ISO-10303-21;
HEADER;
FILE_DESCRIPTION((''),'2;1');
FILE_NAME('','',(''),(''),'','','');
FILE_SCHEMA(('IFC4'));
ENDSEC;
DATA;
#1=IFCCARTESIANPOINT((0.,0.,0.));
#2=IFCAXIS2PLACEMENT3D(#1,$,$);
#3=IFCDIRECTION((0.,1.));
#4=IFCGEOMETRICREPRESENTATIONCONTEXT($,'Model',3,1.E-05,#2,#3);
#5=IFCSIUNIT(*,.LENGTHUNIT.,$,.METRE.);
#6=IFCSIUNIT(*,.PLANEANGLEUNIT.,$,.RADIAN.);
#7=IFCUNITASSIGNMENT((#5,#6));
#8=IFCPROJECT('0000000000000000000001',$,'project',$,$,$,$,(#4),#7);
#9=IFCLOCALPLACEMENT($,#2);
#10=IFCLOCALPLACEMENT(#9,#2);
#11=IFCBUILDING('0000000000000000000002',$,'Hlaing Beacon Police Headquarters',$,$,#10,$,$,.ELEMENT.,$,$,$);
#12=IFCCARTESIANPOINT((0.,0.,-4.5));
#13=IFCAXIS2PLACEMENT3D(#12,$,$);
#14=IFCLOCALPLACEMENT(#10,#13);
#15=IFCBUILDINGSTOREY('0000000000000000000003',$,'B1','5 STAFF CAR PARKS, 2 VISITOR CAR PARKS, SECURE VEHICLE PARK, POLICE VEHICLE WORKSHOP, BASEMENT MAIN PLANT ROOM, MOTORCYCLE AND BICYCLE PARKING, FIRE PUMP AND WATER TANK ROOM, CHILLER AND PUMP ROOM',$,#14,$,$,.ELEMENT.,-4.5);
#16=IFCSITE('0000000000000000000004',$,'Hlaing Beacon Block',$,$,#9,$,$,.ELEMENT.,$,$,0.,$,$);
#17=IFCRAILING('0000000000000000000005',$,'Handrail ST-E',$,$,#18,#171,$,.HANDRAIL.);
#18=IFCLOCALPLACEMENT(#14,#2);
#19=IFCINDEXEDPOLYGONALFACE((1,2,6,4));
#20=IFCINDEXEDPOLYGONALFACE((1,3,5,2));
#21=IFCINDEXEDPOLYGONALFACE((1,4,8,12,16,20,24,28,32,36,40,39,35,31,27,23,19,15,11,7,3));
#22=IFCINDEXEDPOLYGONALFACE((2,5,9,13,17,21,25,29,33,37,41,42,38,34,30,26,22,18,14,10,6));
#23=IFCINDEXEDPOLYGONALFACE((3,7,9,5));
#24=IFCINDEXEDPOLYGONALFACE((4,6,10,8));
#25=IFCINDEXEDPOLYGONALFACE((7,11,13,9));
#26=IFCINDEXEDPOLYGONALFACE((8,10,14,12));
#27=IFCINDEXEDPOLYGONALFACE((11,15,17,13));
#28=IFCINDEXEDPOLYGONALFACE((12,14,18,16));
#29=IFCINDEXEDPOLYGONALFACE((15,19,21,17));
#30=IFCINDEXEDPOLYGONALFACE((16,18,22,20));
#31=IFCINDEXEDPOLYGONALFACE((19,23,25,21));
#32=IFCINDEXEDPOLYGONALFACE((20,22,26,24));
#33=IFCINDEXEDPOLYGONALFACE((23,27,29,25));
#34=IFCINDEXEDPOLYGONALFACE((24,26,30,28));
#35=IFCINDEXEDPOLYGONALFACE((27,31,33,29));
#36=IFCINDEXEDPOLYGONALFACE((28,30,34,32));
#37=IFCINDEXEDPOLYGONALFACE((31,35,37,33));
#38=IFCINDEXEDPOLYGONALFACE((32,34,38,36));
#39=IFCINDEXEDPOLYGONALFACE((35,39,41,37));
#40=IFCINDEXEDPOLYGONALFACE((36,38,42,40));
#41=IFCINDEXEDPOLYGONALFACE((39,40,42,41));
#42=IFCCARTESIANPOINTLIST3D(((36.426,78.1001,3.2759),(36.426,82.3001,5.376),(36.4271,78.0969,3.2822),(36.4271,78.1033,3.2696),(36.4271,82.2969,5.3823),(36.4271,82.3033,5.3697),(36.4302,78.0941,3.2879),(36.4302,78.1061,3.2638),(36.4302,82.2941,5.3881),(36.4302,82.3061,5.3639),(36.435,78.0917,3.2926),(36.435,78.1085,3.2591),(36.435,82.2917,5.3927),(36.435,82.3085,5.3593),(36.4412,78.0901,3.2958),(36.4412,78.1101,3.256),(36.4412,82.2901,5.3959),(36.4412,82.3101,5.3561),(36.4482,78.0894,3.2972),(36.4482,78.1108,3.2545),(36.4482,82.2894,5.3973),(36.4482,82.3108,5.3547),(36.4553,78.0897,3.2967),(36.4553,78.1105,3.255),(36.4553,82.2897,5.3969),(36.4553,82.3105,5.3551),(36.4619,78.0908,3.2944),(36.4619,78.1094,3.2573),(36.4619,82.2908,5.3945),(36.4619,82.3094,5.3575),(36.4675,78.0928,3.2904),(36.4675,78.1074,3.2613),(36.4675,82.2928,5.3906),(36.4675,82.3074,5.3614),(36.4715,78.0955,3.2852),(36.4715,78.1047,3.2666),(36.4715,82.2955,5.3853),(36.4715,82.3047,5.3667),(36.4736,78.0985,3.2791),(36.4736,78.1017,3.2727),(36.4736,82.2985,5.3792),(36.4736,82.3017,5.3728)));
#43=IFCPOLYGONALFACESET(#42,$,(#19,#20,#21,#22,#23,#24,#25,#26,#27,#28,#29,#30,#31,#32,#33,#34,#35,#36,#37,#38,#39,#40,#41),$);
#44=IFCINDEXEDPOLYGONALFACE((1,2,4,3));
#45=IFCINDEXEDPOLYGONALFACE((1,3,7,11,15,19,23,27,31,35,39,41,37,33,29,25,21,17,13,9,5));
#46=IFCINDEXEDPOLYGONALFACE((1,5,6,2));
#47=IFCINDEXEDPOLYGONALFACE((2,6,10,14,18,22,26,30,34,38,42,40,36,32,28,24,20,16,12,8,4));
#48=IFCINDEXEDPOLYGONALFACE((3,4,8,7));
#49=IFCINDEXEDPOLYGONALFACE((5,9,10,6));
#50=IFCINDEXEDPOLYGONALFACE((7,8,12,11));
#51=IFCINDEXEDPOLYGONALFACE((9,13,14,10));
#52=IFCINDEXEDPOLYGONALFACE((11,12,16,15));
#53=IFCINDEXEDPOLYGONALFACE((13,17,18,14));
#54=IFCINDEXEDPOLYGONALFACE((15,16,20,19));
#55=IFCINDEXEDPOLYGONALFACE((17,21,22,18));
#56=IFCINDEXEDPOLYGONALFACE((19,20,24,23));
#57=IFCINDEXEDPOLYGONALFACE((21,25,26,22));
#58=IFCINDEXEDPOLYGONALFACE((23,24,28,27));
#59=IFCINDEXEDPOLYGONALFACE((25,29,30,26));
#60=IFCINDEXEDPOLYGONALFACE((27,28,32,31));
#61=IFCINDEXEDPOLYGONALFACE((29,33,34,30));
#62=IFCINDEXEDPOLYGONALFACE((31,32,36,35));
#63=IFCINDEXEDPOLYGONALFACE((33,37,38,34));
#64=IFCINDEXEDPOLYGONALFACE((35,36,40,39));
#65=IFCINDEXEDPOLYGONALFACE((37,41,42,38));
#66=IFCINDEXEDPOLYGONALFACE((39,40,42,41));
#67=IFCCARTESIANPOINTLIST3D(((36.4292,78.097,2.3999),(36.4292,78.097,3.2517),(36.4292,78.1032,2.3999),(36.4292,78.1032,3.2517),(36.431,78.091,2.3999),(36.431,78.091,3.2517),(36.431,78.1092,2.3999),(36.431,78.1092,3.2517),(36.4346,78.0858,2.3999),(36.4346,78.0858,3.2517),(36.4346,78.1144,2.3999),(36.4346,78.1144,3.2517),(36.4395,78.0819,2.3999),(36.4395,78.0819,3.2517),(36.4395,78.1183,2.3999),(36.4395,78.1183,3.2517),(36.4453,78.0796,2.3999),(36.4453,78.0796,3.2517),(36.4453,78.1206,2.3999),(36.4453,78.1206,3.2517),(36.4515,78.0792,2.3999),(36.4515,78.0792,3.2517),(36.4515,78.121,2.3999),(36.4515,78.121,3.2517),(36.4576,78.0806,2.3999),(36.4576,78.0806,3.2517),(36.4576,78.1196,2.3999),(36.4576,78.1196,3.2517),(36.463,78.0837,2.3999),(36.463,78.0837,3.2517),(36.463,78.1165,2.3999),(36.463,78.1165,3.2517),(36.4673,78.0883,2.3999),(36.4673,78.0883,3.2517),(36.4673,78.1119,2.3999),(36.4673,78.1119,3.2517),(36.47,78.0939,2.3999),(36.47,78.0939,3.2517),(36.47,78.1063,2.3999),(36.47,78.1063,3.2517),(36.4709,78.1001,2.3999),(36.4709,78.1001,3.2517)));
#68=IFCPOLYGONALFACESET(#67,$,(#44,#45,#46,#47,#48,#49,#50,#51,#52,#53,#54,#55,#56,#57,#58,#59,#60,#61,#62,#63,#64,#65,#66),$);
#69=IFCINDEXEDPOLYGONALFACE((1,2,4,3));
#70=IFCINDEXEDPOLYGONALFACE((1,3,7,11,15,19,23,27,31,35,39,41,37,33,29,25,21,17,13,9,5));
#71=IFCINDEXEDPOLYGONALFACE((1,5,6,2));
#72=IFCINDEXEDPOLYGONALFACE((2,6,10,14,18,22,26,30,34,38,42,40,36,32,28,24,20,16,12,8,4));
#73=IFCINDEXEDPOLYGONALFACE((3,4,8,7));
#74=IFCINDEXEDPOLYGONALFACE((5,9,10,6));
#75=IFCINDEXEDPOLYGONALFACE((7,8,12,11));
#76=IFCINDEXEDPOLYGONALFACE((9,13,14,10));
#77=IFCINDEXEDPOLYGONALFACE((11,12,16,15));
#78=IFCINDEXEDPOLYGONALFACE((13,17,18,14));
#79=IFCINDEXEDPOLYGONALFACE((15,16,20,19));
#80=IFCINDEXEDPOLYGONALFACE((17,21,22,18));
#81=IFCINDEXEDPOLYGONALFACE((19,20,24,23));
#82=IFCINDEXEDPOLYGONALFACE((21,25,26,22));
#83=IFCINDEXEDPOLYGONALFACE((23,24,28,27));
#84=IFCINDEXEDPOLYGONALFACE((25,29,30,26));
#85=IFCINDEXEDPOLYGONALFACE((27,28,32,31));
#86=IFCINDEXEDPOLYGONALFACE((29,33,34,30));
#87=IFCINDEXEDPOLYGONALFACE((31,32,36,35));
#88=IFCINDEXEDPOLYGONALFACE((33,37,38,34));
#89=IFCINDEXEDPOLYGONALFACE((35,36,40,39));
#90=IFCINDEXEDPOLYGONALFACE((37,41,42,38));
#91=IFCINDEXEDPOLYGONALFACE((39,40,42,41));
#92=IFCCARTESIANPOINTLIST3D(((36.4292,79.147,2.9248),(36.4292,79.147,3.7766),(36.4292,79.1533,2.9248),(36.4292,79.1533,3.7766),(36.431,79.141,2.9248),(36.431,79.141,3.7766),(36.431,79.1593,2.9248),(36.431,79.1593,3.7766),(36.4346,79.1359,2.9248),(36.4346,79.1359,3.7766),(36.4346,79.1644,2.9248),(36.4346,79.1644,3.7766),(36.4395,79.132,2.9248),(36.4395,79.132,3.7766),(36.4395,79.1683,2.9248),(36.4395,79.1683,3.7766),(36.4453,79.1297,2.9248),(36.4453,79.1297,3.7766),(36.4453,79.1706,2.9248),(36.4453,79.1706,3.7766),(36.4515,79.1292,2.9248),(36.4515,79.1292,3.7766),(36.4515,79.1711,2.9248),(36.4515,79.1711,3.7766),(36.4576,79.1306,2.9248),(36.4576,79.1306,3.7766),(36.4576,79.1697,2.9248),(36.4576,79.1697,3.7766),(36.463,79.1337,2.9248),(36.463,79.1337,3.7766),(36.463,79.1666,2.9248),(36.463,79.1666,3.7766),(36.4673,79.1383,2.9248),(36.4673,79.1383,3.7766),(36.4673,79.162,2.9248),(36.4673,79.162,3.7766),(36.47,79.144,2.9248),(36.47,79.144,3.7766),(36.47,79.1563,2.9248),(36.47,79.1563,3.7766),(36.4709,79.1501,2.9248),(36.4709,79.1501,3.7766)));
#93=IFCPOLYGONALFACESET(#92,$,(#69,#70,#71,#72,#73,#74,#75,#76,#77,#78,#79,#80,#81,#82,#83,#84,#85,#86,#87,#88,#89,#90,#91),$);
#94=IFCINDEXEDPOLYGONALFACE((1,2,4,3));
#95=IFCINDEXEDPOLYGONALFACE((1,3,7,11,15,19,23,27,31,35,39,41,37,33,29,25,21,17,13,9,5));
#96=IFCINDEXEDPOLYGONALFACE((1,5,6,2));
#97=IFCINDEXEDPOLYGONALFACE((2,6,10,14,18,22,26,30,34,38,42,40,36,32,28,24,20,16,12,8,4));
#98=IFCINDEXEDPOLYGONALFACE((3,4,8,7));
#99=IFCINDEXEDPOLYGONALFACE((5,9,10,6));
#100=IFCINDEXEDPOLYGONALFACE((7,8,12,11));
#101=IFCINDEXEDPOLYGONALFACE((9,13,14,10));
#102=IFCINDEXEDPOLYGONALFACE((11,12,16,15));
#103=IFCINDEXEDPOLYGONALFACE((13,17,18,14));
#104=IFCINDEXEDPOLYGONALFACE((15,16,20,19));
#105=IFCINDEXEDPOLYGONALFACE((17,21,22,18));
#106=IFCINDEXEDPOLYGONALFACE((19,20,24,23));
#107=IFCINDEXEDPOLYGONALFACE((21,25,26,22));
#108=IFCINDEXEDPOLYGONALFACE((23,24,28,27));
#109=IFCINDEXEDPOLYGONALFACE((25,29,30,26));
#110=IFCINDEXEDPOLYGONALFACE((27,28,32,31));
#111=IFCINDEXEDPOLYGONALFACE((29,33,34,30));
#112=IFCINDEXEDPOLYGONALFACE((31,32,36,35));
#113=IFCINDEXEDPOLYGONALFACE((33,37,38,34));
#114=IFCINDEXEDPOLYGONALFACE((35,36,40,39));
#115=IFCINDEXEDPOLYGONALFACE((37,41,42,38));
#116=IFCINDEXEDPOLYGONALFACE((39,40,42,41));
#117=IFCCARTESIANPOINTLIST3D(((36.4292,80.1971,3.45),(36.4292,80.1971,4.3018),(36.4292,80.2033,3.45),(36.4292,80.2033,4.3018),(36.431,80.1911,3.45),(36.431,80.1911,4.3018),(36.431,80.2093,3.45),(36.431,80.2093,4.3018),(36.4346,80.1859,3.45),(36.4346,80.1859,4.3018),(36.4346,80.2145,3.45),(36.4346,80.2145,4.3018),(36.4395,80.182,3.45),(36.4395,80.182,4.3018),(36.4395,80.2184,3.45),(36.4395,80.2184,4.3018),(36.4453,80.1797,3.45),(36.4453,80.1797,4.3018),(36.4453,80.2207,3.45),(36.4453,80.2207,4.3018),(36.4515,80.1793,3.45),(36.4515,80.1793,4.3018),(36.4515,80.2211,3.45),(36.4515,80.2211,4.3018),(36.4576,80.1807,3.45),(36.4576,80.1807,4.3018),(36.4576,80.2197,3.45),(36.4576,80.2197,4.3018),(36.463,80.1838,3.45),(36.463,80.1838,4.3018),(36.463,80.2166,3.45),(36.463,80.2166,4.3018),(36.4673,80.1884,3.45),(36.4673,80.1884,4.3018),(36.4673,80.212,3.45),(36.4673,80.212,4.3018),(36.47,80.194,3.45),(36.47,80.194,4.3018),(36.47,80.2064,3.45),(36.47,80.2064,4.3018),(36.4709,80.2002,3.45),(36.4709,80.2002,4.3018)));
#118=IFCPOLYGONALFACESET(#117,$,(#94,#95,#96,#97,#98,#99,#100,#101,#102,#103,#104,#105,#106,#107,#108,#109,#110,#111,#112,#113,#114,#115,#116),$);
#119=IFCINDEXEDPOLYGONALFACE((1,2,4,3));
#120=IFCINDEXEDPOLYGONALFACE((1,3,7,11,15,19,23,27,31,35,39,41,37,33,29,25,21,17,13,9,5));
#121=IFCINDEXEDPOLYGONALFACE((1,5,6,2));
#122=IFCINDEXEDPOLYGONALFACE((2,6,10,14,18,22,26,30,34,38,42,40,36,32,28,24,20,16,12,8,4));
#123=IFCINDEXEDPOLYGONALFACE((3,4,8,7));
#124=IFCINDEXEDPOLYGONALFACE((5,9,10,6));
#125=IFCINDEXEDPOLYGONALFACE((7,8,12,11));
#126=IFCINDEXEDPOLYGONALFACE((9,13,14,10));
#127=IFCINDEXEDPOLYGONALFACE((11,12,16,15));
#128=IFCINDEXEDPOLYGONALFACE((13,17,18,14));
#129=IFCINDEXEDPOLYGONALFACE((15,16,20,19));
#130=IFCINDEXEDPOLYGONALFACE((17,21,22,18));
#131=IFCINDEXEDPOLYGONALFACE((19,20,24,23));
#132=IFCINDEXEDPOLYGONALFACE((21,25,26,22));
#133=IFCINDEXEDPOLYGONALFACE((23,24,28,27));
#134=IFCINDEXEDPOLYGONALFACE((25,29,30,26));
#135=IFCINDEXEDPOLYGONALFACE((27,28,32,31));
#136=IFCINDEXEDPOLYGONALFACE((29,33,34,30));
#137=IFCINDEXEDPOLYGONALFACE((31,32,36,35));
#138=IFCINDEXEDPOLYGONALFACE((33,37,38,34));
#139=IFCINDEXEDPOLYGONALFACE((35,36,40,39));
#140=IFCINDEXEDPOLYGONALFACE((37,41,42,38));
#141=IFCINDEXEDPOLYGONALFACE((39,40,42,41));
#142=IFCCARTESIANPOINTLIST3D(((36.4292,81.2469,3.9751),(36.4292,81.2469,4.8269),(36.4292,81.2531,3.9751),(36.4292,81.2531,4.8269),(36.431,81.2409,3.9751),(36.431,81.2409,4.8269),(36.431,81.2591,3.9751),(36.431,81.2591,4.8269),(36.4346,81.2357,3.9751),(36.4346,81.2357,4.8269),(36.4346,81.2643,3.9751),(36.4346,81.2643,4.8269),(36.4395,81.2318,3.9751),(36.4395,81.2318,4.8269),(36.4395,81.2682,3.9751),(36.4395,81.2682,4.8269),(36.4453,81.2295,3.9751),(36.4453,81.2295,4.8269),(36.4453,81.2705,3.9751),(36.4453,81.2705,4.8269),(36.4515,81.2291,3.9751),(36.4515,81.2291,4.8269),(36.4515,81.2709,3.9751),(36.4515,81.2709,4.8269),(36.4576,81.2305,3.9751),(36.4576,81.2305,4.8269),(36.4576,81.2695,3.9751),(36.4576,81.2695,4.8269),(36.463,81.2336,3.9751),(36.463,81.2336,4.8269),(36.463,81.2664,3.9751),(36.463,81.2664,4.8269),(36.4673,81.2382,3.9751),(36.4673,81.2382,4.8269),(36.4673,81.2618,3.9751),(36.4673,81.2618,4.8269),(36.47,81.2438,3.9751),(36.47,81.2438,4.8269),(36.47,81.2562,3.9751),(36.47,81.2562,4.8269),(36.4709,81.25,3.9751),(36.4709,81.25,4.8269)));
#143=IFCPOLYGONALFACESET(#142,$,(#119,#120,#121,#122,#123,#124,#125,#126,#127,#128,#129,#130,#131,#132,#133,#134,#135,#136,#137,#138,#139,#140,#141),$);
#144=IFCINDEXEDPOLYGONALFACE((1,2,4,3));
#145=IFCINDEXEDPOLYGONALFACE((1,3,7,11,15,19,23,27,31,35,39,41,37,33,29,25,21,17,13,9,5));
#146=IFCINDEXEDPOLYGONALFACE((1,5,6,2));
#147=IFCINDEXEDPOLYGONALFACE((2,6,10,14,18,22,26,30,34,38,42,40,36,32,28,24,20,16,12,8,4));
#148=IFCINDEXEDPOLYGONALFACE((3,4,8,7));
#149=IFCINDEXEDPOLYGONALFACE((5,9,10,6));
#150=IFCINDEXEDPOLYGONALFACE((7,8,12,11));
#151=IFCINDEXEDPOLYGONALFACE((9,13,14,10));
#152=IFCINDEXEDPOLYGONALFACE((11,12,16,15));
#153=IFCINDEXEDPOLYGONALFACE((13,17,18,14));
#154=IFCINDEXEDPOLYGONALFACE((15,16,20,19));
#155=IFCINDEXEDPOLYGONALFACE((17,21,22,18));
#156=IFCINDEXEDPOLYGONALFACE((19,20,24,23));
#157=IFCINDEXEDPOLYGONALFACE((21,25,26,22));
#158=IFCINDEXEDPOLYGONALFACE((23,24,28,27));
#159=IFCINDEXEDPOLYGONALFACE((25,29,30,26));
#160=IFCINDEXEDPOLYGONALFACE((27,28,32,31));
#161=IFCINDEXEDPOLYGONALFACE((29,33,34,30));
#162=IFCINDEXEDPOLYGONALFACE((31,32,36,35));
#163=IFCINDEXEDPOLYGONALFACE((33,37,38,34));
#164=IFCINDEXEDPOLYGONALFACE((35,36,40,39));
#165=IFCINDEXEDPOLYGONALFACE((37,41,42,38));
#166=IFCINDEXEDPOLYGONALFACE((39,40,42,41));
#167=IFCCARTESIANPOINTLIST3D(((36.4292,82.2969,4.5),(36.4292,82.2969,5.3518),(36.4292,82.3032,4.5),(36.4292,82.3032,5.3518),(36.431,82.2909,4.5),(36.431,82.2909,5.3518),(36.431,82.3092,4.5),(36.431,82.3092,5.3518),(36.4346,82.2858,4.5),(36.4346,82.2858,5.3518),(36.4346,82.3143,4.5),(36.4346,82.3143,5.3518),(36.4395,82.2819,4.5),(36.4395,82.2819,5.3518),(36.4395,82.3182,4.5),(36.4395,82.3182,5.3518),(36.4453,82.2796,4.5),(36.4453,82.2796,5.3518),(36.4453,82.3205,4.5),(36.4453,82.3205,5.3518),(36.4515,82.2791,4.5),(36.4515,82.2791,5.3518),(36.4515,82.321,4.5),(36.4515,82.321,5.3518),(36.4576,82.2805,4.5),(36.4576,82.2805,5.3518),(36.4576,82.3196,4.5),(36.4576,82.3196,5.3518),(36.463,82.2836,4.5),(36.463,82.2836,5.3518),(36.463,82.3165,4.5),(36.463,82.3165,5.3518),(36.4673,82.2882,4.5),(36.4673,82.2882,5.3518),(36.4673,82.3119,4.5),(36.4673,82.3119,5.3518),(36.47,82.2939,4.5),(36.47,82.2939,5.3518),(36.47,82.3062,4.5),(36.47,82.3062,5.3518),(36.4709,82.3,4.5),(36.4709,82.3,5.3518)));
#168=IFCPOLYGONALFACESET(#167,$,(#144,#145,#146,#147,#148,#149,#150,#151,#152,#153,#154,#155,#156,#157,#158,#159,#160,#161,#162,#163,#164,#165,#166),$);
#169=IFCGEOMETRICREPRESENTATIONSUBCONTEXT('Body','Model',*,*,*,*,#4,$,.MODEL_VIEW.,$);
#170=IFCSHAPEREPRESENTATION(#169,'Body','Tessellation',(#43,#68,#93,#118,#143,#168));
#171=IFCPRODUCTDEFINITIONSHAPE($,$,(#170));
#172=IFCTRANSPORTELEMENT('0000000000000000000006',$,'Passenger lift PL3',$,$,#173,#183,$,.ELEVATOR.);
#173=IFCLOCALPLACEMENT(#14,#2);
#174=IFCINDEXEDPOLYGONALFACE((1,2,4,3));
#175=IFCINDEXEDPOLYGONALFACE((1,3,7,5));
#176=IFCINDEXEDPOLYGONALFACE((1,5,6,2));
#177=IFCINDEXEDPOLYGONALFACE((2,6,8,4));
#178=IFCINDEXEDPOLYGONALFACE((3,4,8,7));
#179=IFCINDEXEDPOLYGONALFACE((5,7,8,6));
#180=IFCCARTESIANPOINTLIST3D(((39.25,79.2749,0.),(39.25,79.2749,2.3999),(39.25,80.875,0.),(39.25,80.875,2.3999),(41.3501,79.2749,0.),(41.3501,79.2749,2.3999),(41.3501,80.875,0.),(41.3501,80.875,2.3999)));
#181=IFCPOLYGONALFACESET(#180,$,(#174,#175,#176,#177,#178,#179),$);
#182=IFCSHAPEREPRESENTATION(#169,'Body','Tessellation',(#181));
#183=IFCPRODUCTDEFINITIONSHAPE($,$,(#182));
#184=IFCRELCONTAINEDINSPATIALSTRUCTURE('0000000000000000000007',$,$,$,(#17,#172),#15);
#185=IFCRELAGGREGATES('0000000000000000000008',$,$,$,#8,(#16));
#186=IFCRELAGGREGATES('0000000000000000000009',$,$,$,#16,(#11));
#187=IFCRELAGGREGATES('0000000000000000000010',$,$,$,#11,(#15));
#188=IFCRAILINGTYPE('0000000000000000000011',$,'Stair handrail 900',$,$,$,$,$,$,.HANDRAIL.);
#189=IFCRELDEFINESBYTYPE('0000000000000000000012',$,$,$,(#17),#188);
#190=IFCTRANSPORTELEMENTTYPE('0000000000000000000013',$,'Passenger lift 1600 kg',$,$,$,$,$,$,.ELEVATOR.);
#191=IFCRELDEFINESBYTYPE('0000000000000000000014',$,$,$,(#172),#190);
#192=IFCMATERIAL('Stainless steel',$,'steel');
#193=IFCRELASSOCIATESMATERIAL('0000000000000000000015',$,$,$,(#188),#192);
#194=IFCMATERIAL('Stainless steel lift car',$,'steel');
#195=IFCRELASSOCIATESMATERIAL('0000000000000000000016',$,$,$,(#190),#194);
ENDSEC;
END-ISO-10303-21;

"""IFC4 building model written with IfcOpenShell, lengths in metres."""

from ifc_helpers import new_model, si_unit, direction, frame, origin, origin_2d, place, context, subcontext, project, spatial, rectangle, circle, extrude, material, type_object, element, save


model = new_model("IFC4")

# Units and contexts
model_context = context("Model", 3, precision=1e-05, world=origin(), true_north=direction((0.0, 1.0)))
body_context = subcontext(model_context, "Body", "Model", "MODEL_VIEW")
ifc_project = project(units=[si_unit("LENGTHUNIT", "METRE"), si_unit("PLANEANGLEUNIT", "RADIAN")], contexts=[model_context])

# Site, building, storey
site_placement = place(None, origin())
site = spatial("IfcSite", under=ifc_project, at=site_placement, Name="Hlaing Beacon Block", CompositionType="ELEMENT", RefElevation=0.0)
building_placement = place(site_placement, origin())
building = spatial("IfcBuilding", under=site, at=building_placement, Name="Hlaing Beacon Police Headquarters", CompositionType="ELEMENT")
storey_placement = place(building_placement, frame((0.0, 0.0, -4.5)))
storey = spatial("IfcBuildingStorey", under=building, at=storey_placement, Name="B1", Description="5 STAFF CAR PARKS, 2 VISITOR CAR PARKS, SECURE VEHICLE PARK, POLICE VEHICLE WORKSHOP, BASEMENT MAIN PLANT ROOM, MOTORCYCLE AND BICYCLE PARKING, FIRE PUMP AND WATER TANK ROOM, CHILLER AND PUMP ROOM", CompositionType="ELEMENT", Elevation=-4.5)

# Railing
ifc_material_1 = material(Name="Stainless steel", Category="steel")
railing_type = type_object("IfcRailingType", Name="Stair handrail 900", PredefinedType="HANDRAIL", material=ifc_material_1)
for number, where, name in (
    (1, (36.45, 78.1001, 2.3999), "Handrail ST-E"),
):
    element("IfcRailing", number, at=place(storey_placement, frame(where)), inside=storey, type_object=railing_type, Name=name, PredefinedType="HANDRAIL", context=body_context, shape_type="SweptSolid", body=[
        extrude(circle(Radius=0.0239, at=origin_2d()), frame((0.0, 0.0, 0.876), z_axis=(0.0, 0.894417, 0.447234), x_axis=(-1.0, 0.0, 0.0)), (0.0, 0.0, 1.0), 4.6958),
        extrude(circle(Radius=0.021, at=origin_2d()), origin(), (0.0, 0.0, 1.0), 0.8518),
        extrude(circle(Radius=0.021, at=origin_2d()), frame((0.0, 1.05, 0.5249)), (0.0, 0.0, 1.0), 0.8518),
        extrude(circle(Radius=0.021, at=origin_2d()), frame((0.0, 2.1001, 1.05)), (0.0, 0.0, 1.0), 0.8518),
        extrude(circle(Radius=0.021, at=origin_2d()), frame((0.0, 3.1499, 1.5752)), (0.0, 0.0, 1.0), 0.8518),
        extrude(circle(Radius=0.021, at=origin_2d()), frame((0.0, 4.2, 2.1001)), (0.0, 0.0, 1.0), 0.8518),
    ])

# Transport element
ifc_material_2 = material(Name="Stainless steel lift car", Category="steel")
transport_element_type = type_object("IfcTransportElementType", Name="Passenger lift 1600 kg", PredefinedType="ELEVATOR", material=ifc_material_2)
transport_element_placement = place(storey_placement, frame((40.3, 80.075, 0.0), z_axis=(0.0, 0.0, 1.0), x_axis=(1.0, 0.0, 0.0)))
element("IfcTransportElement", 2, at=transport_element_placement, inside=storey, type_object=transport_element_type, Name="Passenger lift PL3", PredefinedType="ELEVATOR", context=body_context, shape_type="SweptSolid", body=[
    extrude(rectangle(XDim=2.1001, YDim=1.6001, at=origin_2d()), origin(), (0.0, 0.0, 1.0), 2.3999),
])

save(model, "model.ifc")
